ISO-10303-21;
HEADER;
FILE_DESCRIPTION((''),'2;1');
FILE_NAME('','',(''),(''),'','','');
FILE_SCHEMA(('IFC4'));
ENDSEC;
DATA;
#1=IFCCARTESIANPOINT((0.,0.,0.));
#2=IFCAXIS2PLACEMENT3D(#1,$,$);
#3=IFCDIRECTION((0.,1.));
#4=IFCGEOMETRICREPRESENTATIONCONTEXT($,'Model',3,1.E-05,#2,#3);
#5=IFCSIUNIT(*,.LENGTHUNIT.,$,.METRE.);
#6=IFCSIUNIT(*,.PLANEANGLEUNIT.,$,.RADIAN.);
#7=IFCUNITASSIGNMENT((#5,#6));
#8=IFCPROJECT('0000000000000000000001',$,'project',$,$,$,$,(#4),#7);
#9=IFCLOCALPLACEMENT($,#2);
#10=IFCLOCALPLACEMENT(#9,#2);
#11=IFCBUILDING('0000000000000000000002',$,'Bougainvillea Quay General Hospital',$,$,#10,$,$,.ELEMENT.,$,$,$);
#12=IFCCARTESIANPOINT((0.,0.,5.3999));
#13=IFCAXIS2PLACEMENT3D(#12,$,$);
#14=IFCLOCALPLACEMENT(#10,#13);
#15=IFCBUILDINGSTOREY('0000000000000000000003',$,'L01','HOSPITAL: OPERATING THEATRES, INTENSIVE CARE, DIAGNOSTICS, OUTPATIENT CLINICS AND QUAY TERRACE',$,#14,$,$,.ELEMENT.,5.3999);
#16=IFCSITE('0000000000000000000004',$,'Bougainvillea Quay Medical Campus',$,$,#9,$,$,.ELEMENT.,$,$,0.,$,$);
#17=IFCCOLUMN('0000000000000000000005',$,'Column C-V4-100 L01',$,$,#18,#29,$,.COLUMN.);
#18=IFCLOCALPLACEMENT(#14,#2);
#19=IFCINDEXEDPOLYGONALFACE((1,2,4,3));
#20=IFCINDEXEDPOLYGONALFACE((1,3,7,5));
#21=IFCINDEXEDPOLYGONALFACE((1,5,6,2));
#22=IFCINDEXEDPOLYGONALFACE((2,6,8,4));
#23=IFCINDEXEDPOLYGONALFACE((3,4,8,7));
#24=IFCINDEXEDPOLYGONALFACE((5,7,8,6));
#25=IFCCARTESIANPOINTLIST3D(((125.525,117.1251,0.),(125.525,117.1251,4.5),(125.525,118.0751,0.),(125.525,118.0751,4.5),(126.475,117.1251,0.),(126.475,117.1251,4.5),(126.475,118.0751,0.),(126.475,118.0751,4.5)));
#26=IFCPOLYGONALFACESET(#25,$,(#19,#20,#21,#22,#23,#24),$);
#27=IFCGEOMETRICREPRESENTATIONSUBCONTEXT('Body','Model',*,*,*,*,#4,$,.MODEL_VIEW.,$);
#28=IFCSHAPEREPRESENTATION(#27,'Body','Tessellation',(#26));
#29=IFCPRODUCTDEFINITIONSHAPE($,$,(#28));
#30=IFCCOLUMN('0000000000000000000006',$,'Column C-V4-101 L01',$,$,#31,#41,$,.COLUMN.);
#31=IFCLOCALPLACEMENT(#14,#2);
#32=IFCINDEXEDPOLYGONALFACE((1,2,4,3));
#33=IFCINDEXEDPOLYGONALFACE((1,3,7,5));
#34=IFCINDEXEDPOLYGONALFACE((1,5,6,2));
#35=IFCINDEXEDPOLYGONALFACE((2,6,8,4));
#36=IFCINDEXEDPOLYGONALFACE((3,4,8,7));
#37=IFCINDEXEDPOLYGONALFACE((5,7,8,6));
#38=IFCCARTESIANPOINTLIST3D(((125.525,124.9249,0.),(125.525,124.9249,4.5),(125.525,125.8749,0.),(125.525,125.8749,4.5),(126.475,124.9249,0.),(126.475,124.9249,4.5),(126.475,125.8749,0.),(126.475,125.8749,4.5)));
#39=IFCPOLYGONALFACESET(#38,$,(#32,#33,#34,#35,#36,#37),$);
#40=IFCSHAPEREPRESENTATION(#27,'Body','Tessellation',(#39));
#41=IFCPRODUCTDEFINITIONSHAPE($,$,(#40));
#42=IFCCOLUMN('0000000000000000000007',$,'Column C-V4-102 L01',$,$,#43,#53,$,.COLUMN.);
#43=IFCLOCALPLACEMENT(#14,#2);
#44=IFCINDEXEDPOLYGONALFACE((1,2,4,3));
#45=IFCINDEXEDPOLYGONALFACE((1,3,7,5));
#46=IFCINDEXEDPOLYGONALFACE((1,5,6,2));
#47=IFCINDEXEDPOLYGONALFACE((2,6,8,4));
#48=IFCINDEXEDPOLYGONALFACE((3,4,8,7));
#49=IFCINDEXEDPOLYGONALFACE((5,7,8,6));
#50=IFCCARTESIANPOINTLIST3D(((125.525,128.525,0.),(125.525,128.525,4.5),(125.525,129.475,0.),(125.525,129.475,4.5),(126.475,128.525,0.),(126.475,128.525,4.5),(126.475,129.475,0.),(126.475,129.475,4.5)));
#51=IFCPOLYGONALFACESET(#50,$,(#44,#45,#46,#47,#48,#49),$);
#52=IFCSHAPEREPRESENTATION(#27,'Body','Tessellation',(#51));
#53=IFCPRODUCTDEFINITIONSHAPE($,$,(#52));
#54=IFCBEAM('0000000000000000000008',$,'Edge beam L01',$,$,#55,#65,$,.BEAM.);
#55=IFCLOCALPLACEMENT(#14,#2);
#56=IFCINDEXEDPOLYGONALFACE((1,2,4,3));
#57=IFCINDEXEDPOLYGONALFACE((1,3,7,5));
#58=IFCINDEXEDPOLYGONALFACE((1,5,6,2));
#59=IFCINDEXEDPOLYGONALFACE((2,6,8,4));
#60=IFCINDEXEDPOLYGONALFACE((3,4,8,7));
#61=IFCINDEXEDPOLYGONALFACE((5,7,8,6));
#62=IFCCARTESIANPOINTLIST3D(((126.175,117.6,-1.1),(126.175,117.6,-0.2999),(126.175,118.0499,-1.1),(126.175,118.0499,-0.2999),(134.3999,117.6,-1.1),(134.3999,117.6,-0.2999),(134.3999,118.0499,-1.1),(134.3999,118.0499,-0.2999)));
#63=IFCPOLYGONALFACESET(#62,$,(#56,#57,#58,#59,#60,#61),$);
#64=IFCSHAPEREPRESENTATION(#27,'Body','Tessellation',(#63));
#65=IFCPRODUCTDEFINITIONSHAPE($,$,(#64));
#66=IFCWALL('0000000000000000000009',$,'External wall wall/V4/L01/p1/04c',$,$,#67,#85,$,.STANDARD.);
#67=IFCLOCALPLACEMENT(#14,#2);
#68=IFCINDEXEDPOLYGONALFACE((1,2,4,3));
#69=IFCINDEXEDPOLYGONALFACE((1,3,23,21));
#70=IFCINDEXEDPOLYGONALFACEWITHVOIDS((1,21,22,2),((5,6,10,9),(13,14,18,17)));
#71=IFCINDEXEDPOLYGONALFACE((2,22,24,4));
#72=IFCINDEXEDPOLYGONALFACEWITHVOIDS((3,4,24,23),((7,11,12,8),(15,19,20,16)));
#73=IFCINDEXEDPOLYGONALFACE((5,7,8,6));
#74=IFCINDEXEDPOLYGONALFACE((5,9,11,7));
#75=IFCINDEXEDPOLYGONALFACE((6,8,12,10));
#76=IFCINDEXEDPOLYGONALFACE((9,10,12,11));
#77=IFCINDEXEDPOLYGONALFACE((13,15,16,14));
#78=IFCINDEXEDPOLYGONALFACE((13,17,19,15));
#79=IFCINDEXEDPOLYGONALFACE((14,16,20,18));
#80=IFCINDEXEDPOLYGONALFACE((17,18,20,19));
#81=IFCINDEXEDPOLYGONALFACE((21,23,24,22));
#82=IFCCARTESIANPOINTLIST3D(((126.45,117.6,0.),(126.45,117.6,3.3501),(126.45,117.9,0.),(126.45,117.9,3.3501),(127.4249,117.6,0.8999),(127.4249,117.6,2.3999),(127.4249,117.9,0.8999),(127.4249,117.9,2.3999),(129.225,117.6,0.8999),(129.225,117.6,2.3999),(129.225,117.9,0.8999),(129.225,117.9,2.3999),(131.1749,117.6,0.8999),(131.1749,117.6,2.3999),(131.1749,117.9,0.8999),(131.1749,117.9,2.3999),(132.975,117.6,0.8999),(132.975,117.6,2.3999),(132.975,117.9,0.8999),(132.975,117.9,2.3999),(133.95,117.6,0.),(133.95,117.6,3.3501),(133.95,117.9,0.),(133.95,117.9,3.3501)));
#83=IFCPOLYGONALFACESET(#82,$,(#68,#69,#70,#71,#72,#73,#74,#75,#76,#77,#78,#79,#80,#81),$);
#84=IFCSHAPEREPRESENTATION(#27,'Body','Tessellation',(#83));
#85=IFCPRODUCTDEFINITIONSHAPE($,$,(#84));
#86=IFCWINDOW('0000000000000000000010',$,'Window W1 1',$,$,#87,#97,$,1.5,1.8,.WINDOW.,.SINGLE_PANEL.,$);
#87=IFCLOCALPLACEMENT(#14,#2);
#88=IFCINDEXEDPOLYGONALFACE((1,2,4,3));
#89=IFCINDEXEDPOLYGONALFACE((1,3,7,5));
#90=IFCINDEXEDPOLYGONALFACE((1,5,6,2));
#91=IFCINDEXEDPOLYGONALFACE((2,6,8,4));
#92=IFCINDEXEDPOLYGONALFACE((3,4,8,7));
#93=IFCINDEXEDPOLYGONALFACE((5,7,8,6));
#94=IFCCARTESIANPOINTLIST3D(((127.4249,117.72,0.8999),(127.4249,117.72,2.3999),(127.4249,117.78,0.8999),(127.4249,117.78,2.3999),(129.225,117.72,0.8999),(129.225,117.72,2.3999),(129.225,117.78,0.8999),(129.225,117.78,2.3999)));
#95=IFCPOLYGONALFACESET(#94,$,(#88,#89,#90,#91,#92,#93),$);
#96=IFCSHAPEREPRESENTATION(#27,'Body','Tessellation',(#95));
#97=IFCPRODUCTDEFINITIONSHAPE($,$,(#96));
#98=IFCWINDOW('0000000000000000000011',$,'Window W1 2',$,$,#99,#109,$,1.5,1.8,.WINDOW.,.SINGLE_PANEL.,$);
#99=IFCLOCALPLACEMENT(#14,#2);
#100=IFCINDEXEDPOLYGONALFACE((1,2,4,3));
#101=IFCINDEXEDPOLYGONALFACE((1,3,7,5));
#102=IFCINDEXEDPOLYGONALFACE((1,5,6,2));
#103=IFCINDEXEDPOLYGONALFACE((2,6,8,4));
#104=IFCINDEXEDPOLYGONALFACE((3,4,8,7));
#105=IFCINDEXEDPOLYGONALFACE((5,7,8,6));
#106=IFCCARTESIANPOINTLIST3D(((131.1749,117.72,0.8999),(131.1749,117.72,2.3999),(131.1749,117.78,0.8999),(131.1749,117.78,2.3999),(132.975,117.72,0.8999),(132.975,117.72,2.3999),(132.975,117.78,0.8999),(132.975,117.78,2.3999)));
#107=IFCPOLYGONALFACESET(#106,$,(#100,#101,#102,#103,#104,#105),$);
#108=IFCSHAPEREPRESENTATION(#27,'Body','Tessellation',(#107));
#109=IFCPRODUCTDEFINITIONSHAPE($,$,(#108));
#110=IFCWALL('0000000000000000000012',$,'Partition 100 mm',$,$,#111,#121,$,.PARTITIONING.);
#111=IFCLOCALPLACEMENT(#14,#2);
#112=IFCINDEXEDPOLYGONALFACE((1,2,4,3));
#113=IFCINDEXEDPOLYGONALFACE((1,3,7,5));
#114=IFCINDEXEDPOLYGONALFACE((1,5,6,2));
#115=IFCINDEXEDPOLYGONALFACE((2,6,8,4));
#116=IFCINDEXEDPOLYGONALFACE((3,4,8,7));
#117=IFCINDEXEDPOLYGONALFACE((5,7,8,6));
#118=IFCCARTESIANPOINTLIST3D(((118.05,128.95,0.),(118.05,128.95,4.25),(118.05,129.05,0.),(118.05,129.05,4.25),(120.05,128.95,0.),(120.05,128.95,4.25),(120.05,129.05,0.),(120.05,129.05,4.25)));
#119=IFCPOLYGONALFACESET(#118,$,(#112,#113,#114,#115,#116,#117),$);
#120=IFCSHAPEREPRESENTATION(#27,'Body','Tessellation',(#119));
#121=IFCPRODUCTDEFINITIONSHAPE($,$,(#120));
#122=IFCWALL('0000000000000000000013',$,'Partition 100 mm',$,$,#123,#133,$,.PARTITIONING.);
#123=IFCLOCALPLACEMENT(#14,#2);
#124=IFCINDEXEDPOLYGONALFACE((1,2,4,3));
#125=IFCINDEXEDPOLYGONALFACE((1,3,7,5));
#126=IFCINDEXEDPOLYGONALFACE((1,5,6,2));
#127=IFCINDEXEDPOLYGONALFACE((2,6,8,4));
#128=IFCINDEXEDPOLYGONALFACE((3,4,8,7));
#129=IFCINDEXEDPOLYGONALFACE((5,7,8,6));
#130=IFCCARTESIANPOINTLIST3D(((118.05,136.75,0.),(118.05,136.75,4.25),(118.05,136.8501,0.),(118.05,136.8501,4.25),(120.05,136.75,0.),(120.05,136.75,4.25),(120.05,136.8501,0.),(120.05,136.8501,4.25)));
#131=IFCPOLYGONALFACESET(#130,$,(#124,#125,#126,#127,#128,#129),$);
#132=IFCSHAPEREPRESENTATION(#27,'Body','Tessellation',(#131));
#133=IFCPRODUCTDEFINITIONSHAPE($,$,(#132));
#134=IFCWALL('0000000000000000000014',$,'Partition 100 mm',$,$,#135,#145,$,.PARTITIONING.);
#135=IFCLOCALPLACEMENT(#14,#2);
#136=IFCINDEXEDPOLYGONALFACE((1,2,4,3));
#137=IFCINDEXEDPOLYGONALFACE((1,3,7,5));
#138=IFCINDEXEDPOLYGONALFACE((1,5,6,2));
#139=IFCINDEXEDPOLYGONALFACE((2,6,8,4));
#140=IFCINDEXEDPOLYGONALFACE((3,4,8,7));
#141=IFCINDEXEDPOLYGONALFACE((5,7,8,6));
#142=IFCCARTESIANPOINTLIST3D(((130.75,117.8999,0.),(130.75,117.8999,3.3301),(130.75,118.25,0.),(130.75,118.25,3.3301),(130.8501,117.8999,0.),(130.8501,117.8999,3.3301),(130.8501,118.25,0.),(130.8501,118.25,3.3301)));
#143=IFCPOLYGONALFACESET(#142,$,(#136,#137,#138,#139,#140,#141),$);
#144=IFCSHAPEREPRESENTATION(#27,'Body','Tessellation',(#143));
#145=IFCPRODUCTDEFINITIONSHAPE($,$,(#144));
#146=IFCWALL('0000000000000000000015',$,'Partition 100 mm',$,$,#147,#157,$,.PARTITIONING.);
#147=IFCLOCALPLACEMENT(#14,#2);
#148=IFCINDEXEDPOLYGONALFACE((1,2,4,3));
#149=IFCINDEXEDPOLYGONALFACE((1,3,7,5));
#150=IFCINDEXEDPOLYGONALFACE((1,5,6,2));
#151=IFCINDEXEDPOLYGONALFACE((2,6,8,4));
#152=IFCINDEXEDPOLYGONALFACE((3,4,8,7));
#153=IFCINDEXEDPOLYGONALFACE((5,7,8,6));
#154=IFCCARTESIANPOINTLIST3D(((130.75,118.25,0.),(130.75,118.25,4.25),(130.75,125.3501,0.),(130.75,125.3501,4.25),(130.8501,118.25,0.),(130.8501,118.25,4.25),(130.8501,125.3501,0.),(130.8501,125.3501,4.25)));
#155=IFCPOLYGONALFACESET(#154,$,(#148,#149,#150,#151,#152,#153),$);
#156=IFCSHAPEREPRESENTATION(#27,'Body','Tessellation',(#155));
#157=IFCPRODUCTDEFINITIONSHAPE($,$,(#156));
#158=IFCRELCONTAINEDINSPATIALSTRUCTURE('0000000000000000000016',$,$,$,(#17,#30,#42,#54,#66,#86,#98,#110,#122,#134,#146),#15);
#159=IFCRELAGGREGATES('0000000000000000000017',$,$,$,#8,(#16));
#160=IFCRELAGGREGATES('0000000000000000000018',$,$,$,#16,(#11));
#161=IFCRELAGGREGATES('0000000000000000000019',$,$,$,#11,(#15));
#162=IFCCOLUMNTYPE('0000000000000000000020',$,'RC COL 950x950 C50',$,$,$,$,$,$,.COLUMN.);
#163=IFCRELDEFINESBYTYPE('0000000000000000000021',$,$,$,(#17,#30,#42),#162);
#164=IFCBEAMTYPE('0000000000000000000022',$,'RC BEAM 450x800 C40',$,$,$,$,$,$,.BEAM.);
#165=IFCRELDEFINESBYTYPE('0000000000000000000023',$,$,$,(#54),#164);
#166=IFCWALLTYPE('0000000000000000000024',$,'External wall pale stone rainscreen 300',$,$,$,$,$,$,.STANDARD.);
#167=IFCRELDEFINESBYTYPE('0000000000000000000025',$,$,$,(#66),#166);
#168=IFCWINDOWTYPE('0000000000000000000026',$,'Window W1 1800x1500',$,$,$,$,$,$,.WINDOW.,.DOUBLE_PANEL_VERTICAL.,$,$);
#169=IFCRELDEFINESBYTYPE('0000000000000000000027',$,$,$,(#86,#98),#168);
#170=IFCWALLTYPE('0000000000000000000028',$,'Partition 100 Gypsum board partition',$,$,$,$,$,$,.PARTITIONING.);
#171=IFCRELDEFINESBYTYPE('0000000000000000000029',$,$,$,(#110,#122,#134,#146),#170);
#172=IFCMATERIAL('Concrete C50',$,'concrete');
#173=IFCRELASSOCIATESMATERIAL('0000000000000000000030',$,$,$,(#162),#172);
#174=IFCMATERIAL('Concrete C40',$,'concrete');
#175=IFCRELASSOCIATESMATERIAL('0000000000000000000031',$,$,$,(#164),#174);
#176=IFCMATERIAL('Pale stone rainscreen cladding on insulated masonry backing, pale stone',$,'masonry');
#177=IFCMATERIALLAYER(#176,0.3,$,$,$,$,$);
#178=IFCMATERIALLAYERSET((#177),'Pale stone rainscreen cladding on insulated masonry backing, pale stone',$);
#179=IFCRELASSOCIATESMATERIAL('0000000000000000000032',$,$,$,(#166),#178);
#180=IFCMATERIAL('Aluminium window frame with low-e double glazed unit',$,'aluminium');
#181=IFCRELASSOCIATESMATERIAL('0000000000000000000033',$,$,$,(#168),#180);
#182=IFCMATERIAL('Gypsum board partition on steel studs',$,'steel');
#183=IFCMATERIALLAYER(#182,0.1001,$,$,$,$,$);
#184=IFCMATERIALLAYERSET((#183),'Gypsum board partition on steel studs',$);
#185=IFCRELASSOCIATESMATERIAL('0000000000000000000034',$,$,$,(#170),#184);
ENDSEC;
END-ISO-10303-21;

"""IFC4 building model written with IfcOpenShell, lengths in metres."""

from ifc_helpers import new_model, si_unit, direction, frame, frame_2d, origin, origin_2d, place, context, subcontext, project, spatial, rectangle, extrude, material, layer, layer_set, material_profile, profile_set, type_object, element, fill, save


model = new_model("IFC4")

# Units and contexts
model_context = context("Model", 3, precision=1e-05, world=origin(), true_north=direction((0.0, 1.0)))
body_context = subcontext(model_context, "Body", "Model", "MODEL_VIEW")
ifc_project = project(units=[si_unit("LENGTHUNIT", "METRE"), si_unit("PLANEANGLEUNIT", "RADIAN")], contexts=[model_context])

# Site, building, storey
site_placement = place(None, origin())
site = spatial("IfcSite", under=ifc_project, at=site_placement, Name="Bougainvillea Quay Medical Campus", CompositionType="ELEMENT", RefElevation=0.0)
building_placement = place(site_placement, origin())
building = spatial("IfcBuilding", under=site, at=building_placement, Name="Bougainvillea Quay General Hospital", CompositionType="ELEMENT")
storey_placement = place(building_placement, frame((0.0, 0.0, 5.3999)))
storey = spatial("IfcBuildingStorey", under=building, at=storey_placement, Name="L01", Description="HOSPITAL: OPERATING THEATRES, INTENSIVE CARE, DIAGNOSTICS, OUTPATIENT CLINICS AND QUAY TERRACE", CompositionType="ELEMENT", Elevation=5.3999)

# Columns
ifc_material_1 = material(Name="Concrete C50", Category="concrete")
ifc_material_profile_1 = material_profile(ifc_material_1, rectangle(XDim=0.95, YDim=0.95, at=origin_2d()))
ifc_profile_set_1 = profile_set([ifc_material_profile_1], Name="Concrete C50")
column_type = type_object("IfcColumnType", Name="RC COL 950x950 C50", PredefinedType="COLUMN", material=ifc_profile_set_1)
for number, where, z_axis, x_axis, name in (
    (1, (126.0, 117.6001, 0.0), (0.0, 0.0, 1.0), (1.0, 0.0, 0.0), "Column C-V4-100 L01"),
    (2, (126.0, 125.3999, 0.0), (0.0, 0.0, 1.0), (1.0, 0.0, 0.0), "Column C-V4-101 L01"),
    (3, (126.0, 129.0, 0.0), (0.0, 0.0, 1.0), (1.0, 0.0, 0.0), "Column C-V4-102 L01"),
):
    element("IfcColumn", number, at=place(storey_placement, frame(where, z_axis=z_axis, x_axis=x_axis)), inside=storey, type_object=column_type, Name=name, PredefinedType="COLUMN", context=body_context, shape_type="SweptSolid", body=[
        extrude(rectangle(XDim=0.95, YDim=0.95, at=origin_2d()), origin(), (0.0, 0.0, 1.0), 4.5),
    ])

# Beam
ifc_material_2 = material(Name="Concrete C40", Category="concrete")
ifc_material_profile_2 = material_profile(ifc_material_2, rectangle(XDim=0.45, YDim=0.8, at=origin_2d()))
ifc_profile_set_2 = profile_set([ifc_material_profile_2], Name="Concrete C40")
beam_type = type_object("IfcBeamType", Name="RC BEAM 450x800 C40", PredefinedType="BEAM", material=ifc_profile_set_2)
beam_placement = place(storey_placement, frame((126.175, 117.825, -0.7), z_axis=(1.0, 0.0, 0.0), x_axis=(0.0, 1.0, 0.0)))
element("IfcBeam", 4, at=beam_placement, inside=storey, type_object=beam_type, Name="Edge beam L01", PredefinedType="BEAM", context=body_context, shape_type="SweptSolid", body=[
    extrude(rectangle(XDim=0.45, YDim=0.8, at=origin_2d()), origin(), (0.0, 0.0, 1.0), 8.2249),
])

# Wall, openings, windows
ifc_material_3 = material(Name="Pale stone rainscreen cladding on insulated masonry backing, pale stone", Category="masonry")
ifc_layer_1 = layer(ifc_material_3, 0.3)
ifc_layer_set_1 = layer_set([ifc_layer_1], Name="Pale stone rainscreen cladding on insulated masonry backing, pale stone")
wall_type_1 = type_object("IfcWallType", Name="External wall pale stone rainscreen 300", PredefinedType="STANDARD", material=ifc_layer_set_1)
wall_1_placement = place(storey_placement, frame((126.45, 117.75, 0.0), z_axis=(0.0, 0.0, 1.0), x_axis=(1.0, 0.0, 0.0)))
wall_1 = element("IfcWall", 5, at=wall_1_placement, inside=storey, type_object=wall_type_1, Name="External wall wall/V4/L01/p1/04c", PredefinedType="STANDARD", context=body_context, shape_type="SweptSolid", body=[
    extrude(rectangle(XDim=7.5, YDim=0.3, at=frame_2d((3.75, 0.0))), origin(), (0.0, 0.0, 1.0), 3.3501),
])
opening_1_placement = place(wall_1_placement, frame((0.9751, 0.0, 0.8999)))
opening_1 = element("IfcOpeningElement", 6, at=opening_1_placement, cuts=wall_1, PredefinedType="OPENING", context=body_context, shape_type="SweptSolid", body=[
    extrude(rectangle(XDim=1.8, YDim=1.5, at=frame_2d((0.8999, 0.75))), frame((0.0, 0.1599, 0.0), z_axis=(0.0, -1.0, 0.0), x_axis=(1.0, 0.0, 0.0)), (0.0, 0.0, 1.0), 0.3201),
])
opening_2_placement = place(wall_1_placement, frame((4.7251, 0.0, 0.8999)))
opening_2 = element("IfcOpeningElement", 7, at=opening_2_placement, cuts=wall_1, PredefinedType="OPENING", context=body_context, shape_type="SweptSolid", body=[
    extrude(rectangle(XDim=1.8, YDim=1.5, at=frame_2d((0.8999, 0.75))), frame((0.0, 0.1599, 0.0), z_axis=(0.0, -1.0, 0.0), x_axis=(1.0, 0.0, 0.0)), (0.0, 0.0, 1.0), 0.3201),
])
ifc_material_4 = material(Name="Aluminium window frame with low-e double glazed unit", Category="aluminium")
window_type = type_object("IfcWindowType", Name="Window W1 1800x1500", PartitioningType="DOUBLE_PANEL_VERTICAL", PredefinedType="WINDOW", material=ifc_material_4)
window_1_placement = place(opening_1_placement, origin())
window_1 = element("IfcWindow", 8, at=window_1_placement, inside=storey, type_object=window_type, Name="Window W1 1", OverallHeight=1.5, OverallWidth=1.8, PartitioningType="SINGLE_PANEL", PredefinedType="WINDOW", context=body_context, shape_type="SweptSolid", body=[
    extrude(rectangle(XDim=1.8, YDim=1.5, at=frame_2d((0.8999, 0.75))), frame((0.0, 0.03, 0.0), z_axis=(0.0, -1.0, 0.0), x_axis=(1.0, 0.0, 0.0)), (0.0, 0.0, 1.0), 0.0601),
])
fill(opening_1, window_1)
window_2_placement = place(opening_2_placement, origin())
window_2 = element("IfcWindow", 9, at=window_2_placement, inside=storey, type_object=window_type, Name="Window W1 2", OverallHeight=1.5, OverallWidth=1.8, PartitioningType="SINGLE_PANEL", PredefinedType="WINDOW", context=body_context, shape_type="SweptSolid", body=[
    extrude(rectangle(XDim=1.8, YDim=1.5, at=frame_2d((0.8999, 0.75))), frame((0.0, 0.03, 0.0), z_axis=(0.0, -1.0, 0.0), x_axis=(1.0, 0.0, 0.0)), (0.0, 0.0, 1.0), 0.0601),
])
fill(opening_2, window_2)

# Walls
ifc_material_5 = material(Name="Gypsum board partition on steel studs", Category="steel")
ifc_layer_2 = layer(ifc_material_5, 0.1001)
ifc_layer_set_2 = layer_set([ifc_layer_2], Name="Gypsum board partition on steel studs")
wall_type_2 = type_object("IfcWallType", Name="Partition 100 Gypsum board partition", PredefinedType="PARTITIONING", material=ifc_layer_set_2)
for number, where, z_axis, x_axis, name in (
    (10, (120.05, 129.0, 0.0), (0.0, 0.0, 1.0), (-1.0, 0.0, 0.0), "Partition 100 mm"),
    (11, (120.05, 136.8, 0.0), (0.0, 0.0, 1.0), (-1.0, 0.0, 0.0), "Partition 100 mm"),
):
    element("IfcWall", number, at=place(storey_placement, frame(where, z_axis=z_axis, x_axis=x_axis)), inside=storey, type_object=wall_type_2, Name=name, PredefinedType="PARTITIONING", context=body_context, shape_type="SweptSolid", body=[
        extrude(rectangle(XDim=2.0, YDim=0.1001, at=frame_2d((1.0, 0.0))), origin(), (0.0, 0.0, 1.0), 4.25),
    ])
wall_2_placement = place(storey_placement, frame((130.8, 117.8999, 0.0), z_axis=(0.0, 0.0, 1.0), x_axis=(0.0, 1.0, 0.0)))
element("IfcWall", 12, at=wall_2_placement, inside=storey, type_object=wall_type_2, Name="Partition 100 mm", PredefinedType="PARTITIONING", context=body_context, shape_type="SweptSolid", body=[
    extrude(rectangle(XDim=0.3501, YDim=0.1001, at=frame_2d((0.175, 0.0))), origin(), (0.0, 0.0, 1.0), 3.3301),
])
wall_3_placement = place(storey_placement, frame((130.8, 118.25, 0.0), z_axis=(0.0, 0.0, 1.0), x_axis=(0.0, 1.0, 0.0)))
element("IfcWall", 13, at=wall_3_placement, inside=storey, type_object=wall_type_2, Name="Partition 100 mm", PredefinedType="PARTITIONING", context=body_context, shape_type="SweptSolid", body=[
    extrude(rectangle(XDim=7.1001, YDim=0.1001, at=frame_2d((3.55, 0.0))), origin(), (0.0, 0.0, 1.0), 4.25),
])

save(model, "model.ifc")
